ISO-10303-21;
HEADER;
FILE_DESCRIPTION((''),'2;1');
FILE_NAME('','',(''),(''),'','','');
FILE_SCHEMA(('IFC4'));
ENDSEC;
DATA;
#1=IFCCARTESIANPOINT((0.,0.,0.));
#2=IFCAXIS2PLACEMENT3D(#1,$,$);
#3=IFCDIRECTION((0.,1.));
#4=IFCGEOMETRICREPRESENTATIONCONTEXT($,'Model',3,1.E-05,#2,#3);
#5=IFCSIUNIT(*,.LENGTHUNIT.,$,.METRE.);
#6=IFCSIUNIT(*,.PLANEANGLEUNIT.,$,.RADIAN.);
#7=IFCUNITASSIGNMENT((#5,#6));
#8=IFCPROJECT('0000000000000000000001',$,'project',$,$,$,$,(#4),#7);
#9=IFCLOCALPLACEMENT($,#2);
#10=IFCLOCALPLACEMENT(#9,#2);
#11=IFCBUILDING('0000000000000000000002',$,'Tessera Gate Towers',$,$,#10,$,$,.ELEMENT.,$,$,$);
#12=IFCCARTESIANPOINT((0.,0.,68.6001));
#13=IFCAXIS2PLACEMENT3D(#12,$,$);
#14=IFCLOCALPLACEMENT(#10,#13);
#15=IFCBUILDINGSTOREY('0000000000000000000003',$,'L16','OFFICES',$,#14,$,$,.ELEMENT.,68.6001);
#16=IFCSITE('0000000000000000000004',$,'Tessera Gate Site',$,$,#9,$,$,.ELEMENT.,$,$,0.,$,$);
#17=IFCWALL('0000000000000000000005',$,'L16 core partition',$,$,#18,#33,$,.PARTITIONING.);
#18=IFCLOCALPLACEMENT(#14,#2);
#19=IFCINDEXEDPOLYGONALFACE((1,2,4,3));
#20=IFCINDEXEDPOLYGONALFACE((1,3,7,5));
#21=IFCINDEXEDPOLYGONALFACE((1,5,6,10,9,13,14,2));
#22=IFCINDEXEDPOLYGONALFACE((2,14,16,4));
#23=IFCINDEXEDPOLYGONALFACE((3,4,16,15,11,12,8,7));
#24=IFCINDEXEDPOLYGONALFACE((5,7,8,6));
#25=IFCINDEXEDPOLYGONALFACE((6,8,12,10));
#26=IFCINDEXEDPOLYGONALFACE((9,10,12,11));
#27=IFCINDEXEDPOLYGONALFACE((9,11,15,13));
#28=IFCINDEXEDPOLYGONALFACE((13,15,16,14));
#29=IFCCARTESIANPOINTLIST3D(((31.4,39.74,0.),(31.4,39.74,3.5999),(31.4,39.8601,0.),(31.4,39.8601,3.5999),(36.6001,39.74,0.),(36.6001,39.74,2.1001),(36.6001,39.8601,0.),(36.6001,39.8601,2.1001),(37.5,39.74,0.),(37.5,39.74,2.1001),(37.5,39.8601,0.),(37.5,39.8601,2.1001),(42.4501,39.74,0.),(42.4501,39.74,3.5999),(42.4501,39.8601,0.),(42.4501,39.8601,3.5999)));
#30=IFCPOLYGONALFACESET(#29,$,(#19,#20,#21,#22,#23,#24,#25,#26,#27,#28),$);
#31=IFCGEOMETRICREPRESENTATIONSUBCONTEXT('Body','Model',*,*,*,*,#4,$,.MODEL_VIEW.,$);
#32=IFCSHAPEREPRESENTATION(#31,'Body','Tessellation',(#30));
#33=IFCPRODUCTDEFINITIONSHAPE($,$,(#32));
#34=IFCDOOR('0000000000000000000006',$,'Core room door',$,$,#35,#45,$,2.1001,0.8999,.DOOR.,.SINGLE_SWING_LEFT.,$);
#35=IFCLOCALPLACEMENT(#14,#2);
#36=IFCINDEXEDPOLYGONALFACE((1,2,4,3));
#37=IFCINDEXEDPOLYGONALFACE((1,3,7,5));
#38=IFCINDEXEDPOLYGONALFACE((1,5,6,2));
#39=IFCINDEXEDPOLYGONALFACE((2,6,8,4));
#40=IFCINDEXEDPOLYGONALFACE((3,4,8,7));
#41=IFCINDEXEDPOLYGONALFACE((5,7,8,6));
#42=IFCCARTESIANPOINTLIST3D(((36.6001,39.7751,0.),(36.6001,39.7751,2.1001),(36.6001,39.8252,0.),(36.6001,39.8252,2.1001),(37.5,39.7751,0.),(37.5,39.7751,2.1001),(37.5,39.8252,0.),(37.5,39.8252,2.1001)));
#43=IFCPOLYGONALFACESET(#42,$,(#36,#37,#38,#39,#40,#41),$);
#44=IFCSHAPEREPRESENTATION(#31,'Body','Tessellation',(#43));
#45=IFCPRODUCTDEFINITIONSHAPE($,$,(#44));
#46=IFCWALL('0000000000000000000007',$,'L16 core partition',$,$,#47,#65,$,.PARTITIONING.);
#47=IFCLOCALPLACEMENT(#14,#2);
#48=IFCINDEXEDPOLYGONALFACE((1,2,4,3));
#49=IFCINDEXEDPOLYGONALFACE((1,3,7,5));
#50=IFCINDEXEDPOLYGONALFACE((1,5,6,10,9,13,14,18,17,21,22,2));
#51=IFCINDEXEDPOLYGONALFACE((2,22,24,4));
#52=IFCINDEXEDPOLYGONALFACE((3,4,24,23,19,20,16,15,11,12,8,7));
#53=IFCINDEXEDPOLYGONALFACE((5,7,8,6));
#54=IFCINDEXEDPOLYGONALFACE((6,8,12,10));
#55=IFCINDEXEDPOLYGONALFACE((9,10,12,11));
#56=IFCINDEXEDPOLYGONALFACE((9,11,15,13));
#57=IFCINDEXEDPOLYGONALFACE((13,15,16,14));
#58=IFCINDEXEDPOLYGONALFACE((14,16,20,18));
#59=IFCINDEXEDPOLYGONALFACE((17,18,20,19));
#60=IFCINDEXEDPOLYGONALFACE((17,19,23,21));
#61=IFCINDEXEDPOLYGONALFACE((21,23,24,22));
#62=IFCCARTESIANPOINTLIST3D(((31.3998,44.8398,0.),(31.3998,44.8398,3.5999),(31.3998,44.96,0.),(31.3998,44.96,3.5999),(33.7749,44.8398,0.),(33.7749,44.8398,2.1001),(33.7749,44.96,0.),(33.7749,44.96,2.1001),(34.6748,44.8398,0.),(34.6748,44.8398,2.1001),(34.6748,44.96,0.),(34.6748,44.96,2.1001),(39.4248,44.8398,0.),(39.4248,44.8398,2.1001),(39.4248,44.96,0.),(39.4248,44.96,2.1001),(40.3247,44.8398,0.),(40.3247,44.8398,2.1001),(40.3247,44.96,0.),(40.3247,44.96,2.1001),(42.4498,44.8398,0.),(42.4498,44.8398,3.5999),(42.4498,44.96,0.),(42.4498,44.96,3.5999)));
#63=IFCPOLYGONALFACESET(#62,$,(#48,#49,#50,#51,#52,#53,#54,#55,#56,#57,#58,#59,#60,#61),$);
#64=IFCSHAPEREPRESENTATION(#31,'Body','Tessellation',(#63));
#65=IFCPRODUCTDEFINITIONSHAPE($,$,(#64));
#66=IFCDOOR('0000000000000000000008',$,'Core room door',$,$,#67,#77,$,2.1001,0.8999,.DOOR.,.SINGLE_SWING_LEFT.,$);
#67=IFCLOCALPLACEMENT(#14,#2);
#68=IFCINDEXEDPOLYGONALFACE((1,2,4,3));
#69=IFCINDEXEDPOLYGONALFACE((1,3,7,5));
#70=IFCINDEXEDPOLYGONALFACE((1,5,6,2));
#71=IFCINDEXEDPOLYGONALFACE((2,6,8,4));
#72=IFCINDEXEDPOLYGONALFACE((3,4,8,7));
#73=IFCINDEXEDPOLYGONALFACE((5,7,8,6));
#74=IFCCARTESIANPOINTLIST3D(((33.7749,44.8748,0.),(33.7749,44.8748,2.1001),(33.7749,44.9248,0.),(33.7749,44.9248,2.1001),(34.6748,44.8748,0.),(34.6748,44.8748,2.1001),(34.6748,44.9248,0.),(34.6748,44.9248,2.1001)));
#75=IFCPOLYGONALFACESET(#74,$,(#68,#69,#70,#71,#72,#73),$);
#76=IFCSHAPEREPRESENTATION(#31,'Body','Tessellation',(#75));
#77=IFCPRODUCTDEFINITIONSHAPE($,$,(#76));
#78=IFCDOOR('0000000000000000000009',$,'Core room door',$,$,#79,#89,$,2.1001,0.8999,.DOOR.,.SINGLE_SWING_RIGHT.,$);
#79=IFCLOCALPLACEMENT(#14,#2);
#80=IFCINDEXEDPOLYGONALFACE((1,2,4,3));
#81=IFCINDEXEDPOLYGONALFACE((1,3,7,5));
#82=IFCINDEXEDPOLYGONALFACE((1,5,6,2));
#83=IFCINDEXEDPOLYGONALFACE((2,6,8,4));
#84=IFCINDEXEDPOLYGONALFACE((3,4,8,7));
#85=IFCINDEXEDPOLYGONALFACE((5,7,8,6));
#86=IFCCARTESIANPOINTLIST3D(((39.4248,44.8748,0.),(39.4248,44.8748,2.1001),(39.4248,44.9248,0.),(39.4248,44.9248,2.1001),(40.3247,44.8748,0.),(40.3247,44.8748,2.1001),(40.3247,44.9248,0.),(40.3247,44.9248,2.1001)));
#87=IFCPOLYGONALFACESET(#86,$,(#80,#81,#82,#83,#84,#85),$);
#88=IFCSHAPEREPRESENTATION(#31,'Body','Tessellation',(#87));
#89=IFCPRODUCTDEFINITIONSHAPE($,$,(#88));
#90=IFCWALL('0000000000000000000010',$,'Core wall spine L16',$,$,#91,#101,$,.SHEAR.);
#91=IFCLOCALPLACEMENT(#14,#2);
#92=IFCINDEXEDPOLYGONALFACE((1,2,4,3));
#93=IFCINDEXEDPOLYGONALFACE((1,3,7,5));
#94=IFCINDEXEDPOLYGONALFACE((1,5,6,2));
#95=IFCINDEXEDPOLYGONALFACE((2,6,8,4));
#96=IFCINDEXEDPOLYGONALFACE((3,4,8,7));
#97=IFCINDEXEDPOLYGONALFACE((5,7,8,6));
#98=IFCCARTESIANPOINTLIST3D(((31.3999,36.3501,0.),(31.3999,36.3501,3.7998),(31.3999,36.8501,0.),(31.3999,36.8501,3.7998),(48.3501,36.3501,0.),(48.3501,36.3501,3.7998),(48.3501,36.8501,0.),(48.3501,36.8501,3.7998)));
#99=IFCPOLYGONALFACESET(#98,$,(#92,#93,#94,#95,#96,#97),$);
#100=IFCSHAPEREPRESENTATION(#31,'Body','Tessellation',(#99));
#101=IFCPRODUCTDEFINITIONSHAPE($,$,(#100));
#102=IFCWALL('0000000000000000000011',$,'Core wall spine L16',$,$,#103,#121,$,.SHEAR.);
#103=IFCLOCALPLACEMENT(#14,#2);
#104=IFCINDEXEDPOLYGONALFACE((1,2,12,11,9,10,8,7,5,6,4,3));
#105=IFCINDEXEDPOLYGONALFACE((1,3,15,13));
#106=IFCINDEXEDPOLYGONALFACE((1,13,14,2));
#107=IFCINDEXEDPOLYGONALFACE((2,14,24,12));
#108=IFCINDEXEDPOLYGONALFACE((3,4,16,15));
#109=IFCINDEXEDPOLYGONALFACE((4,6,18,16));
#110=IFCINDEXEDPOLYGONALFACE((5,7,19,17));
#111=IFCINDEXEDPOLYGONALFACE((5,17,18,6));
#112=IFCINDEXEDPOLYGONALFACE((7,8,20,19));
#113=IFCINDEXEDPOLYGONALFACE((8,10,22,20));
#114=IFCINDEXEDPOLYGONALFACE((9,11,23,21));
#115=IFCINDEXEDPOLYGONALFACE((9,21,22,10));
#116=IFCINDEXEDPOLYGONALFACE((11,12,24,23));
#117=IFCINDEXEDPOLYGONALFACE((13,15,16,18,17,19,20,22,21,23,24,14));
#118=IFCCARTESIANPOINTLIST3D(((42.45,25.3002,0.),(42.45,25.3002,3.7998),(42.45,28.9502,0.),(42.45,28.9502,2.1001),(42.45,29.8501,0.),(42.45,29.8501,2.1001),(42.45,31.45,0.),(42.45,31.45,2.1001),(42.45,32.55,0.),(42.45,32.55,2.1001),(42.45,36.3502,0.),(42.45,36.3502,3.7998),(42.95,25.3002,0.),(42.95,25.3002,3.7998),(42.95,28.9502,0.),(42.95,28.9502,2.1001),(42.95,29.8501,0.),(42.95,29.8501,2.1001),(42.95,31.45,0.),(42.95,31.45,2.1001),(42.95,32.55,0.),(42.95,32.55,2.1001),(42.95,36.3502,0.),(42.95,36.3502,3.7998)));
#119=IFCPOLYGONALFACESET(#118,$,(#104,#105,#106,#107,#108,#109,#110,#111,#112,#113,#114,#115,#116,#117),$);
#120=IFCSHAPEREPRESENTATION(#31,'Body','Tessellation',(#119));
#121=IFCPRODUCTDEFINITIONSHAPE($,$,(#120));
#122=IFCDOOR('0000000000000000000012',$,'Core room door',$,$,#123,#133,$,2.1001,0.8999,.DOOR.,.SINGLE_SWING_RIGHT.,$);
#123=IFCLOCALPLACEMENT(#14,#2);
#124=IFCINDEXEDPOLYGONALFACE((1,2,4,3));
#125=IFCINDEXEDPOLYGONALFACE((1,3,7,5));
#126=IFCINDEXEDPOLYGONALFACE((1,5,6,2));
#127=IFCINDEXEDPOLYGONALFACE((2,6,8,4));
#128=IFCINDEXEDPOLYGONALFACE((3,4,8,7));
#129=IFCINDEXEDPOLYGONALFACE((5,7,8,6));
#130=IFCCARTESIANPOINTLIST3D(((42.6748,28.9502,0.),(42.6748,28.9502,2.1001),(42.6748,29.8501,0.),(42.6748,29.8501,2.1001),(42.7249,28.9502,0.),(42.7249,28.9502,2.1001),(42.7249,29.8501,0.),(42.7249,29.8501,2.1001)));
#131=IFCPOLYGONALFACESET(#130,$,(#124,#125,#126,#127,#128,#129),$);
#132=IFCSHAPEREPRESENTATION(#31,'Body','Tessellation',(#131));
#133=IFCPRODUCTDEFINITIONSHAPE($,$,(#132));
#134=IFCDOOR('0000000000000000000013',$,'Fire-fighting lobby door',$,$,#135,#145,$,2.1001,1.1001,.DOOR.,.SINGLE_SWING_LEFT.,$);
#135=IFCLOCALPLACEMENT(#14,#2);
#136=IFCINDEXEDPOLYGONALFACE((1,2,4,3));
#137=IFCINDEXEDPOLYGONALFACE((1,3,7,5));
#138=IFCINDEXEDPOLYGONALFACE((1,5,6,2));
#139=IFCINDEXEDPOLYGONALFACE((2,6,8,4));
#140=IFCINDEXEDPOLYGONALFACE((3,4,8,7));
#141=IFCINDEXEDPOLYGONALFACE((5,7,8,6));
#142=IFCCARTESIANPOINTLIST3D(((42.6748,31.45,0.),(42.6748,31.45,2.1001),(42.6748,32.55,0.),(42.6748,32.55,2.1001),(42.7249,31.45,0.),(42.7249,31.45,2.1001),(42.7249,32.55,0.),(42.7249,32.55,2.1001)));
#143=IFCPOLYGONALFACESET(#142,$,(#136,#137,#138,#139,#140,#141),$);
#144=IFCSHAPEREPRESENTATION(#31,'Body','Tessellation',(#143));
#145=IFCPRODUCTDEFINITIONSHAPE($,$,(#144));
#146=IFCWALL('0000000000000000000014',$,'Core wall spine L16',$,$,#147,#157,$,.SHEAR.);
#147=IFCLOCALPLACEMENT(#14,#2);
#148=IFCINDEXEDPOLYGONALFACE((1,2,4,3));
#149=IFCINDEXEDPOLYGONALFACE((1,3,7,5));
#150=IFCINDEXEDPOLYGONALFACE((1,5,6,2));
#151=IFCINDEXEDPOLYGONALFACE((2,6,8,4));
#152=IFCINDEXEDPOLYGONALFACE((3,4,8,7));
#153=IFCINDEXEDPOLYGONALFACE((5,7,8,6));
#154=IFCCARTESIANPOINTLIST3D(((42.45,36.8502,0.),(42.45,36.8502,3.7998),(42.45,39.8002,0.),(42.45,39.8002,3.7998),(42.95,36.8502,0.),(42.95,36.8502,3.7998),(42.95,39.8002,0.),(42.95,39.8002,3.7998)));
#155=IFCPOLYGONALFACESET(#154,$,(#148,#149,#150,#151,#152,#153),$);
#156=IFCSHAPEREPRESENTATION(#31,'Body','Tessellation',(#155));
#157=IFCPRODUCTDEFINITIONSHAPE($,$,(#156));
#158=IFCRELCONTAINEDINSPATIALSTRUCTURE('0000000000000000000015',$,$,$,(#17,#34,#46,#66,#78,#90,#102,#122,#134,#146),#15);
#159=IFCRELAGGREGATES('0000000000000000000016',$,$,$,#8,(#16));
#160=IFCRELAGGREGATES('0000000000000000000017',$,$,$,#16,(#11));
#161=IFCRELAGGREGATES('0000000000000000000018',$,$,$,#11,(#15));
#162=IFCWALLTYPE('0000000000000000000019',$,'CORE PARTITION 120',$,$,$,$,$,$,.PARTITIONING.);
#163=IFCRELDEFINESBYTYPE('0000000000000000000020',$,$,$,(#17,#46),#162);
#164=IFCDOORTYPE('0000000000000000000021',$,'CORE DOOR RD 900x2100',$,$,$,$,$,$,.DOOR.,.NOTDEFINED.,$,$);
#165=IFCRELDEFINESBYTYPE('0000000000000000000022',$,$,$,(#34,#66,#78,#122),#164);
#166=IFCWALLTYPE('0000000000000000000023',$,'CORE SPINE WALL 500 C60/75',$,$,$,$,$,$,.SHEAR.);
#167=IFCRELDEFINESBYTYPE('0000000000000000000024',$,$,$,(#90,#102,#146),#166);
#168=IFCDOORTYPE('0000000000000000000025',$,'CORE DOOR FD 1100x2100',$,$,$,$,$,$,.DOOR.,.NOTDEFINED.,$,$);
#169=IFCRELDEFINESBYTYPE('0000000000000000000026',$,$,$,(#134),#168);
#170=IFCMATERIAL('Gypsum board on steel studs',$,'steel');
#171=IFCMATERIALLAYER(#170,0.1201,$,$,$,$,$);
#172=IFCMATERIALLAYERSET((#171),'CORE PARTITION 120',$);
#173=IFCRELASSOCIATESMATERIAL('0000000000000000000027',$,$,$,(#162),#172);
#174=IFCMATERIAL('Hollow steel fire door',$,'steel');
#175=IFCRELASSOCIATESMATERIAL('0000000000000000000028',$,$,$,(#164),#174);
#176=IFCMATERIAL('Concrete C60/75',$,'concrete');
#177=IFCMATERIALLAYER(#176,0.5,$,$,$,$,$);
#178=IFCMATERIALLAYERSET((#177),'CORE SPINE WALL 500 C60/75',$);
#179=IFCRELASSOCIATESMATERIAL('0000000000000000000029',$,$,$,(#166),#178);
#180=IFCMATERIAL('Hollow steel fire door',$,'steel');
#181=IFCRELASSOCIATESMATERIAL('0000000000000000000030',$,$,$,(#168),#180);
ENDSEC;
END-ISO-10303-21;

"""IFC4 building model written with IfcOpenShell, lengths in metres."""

from ifc_helpers import new_model, si_unit, direction, frame, frame_2d, origin, place, context, subcontext, project, spatial, rectangle, extrude, source, transform, mapped, material, layer, layer_set, type_object, element, fill, save


model = new_model("IFC4")

# Units and contexts
model_context = context("Model", 3, precision=1e-05, world=origin(), true_north=direction((0.0, 1.0)))
body_context = subcontext(model_context, "Body", "Model", "MODEL_VIEW")
ifc_project = project(units=[si_unit("LENGTHUNIT", "METRE"), si_unit("PLANEANGLEUNIT", "RADIAN")], contexts=[model_context])

# Site, building, storey
site_placement = place(None, origin())
site = spatial("IfcSite", under=ifc_project, at=site_placement, Name="Tessera Gate Site", CompositionType="ELEMENT", RefElevation=0.0)
building_placement = place(site_placement, origin())
building = spatial("IfcBuilding", under=site, at=building_placement, Name="Tessera Gate Towers", CompositionType="ELEMENT")
storey_placement = place(building_placement, frame((0.0, 0.0, 68.6001)))
storey = spatial("IfcBuildingStorey", under=building, at=storey_placement, Name="L16", Description="OFFICES", CompositionType="ELEMENT", Elevation=68.6001)

# Shared definitions
shared_shape_1 = source(origin(), body_context, "Body", "SweptSolid", [
    extrude(rectangle(XDim=1.1001, YDim=2.1001, at=frame_2d((0.55, 1.05))), frame((0.0, 0.0249, 0.0), z_axis=(0.0, -1.0, 0.0), x_axis=(1.0, 0.0, 0.0)), (0.0, 0.0, 1.0), 0.05),
])

# Wall, opening, door
ifc_material_1 = material(Name="Gypsum board on steel studs", Category="steel")
ifc_layer_1 = layer(ifc_material_1, 0.1201)
ifc_layer_set_1 = layer_set([ifc_layer_1], Name="CORE PARTITION 120")
wall_type_1 = type_object("IfcWallType", Name="CORE PARTITION 120", PredefinedType="PARTITIONING", material=ifc_layer_set_1)
wall_1_placement = place(storey_placement, frame((42.45, 39.8, 0.0), z_axis=(0.0, 0.0, 1.0), x_axis=(-1.0, 0.0, 0.0)))
wall_1 = element("IfcWall", 1, at=wall_1_placement, inside=storey, type_object=wall_type_1, Name="L16 core partition", PredefinedType="PARTITIONING", context=body_context, shape_type="SweptSolid", body=[
    extrude(rectangle(XDim=11.05, YDim=0.1201, at=frame_2d((5.5249, 0.0))), origin(), (0.0, 0.0, 1.0), 3.5999),
])
shared_shape_2 = source(origin(), body_context, "Body", "SweptSolid", [
    extrude(rectangle(XDim=0.8999, YDim=2.1001, at=frame_2d((0.45, 1.05))), frame((0.0, 0.0701, 0.0), z_axis=(0.0, -1.0, 0.0), x_axis=(1.0, 0.0, 0.0)), (0.0, 0.0, 1.0), 0.1401),
])
opening_1_placement = place(wall_1_placement, frame((4.95, 0.0, 0.0)))
opening_1 = element("IfcOpeningElement", 2, at=opening_1_placement, cuts=wall_1, PredefinedType="OPENING", context=body_context, shape_type="MappedRepresentation", body=[
    mapped(shared_shape_2, transform((0.0, 0.0, 0.0), scale=1.0)),
])
ifc_material_2 = material(Name="Hollow steel fire door", Category="steel")
door_type_1 = type_object("IfcDoorType", Name="CORE DOOR RD 900x2100", OperationType="NOTDEFINED", PredefinedType="DOOR", material=ifc_material_2)
shared_shape_3 = source(origin(), body_context, "Body", "SweptSolid", [
    extrude(rectangle(XDim=0.8999, YDim=2.1001, at=frame_2d((0.45, 1.05))), frame((0.0, 0.0249, 0.0), z_axis=(0.0, -1.0, 0.0), x_axis=(1.0, 0.0, 0.0)), (0.0, 0.0, 1.0), 0.05),
])
door_1_placement = place(opening_1_placement, origin())
door_1 = element("IfcDoor", 3, at=door_1_placement, inside=storey, type_object=door_type_1, Name="Core room door", OperationType="SINGLE_SWING_LEFT", OverallHeight=2.1001, OverallWidth=0.8999, PredefinedType="DOOR", context=body_context, shape_type="MappedRepresentation", body=[
    mapped(shared_shape_3, transform((0.0, 0.0, 0.0), scale=1.0)),
])
fill(opening_1, door_1)

# Wall, openings, doors
wall_2_placement = place(storey_placement, frame((31.3999, 44.8999, 0.0), z_axis=(0.0, 0.0, 1.0), x_axis=(1.0, 0.0, 0.0)))
wall_2 = element("IfcWall", 4, at=wall_2_placement, inside=storey, type_object=wall_type_1, Name="L16 core partition", PredefinedType="PARTITIONING", context=body_context, shape_type="SweptSolid", body=[
    extrude(rectangle(XDim=11.05, YDim=0.1201, at=frame_2d((5.5249, 0.0))), origin(), (0.0, 0.0, 1.0), 3.5999),
])
opening_2_placement = place(wall_2_placement, frame((2.375, 0.0, 0.0)))
opening_2 = element("IfcOpeningElement", 5, at=opening_2_placement, cuts=wall_2, PredefinedType="OPENING", context=body_context, shape_type="MappedRepresentation", body=[
    mapped(shared_shape_2, transform((0.0, 0.0, 0.0), scale=1.0)),
])
opening_3_placement = place(wall_2_placement, frame((8.0249, 0.0, 0.0)))
opening_3 = element("IfcOpeningElement", 6, at=opening_3_placement, cuts=wall_2, PredefinedType="OPENING", context=body_context, shape_type="MappedRepresentation", body=[
    mapped(shared_shape_2, transform((0.0, 0.0, 0.0), scale=1.0)),
])
door_2_placement = place(opening_2_placement, origin())
door_2 = element("IfcDoor", 7, at=door_2_placement, inside=storey, type_object=door_type_1, Name="Core room door", OperationType="SINGLE_SWING_LEFT", OverallHeight=2.1001, OverallWidth=0.8999, PredefinedType="DOOR", context=body_context, shape_type="MappedRepresentation", body=[
    mapped(shared_shape_3, transform((0.0, 0.0, 0.0), scale=1.0)),
])
fill(opening_2, door_2)
door_3_placement = place(opening_3_placement, origin())
door_3 = element("IfcDoor", 8, at=door_3_placement, inside=storey, type_object=door_type_1, Name="Core room door", OperationType="SINGLE_SWING_RIGHT", OverallHeight=2.1001, OverallWidth=0.8999, PredefinedType="DOOR", context=body_context, shape_type="MappedRepresentation", body=[
    mapped(shared_shape_3, transform((0.0, 0.0, 0.0), scale=1.0)),
])
fill(opening_3, door_3)

# Wall
ifc_material_3 = material(Name="Concrete C60/75", Category="concrete")
ifc_layer_2 = layer(ifc_material_3, 0.5)
ifc_layer_set_2 = layer_set([ifc_layer_2], Name="CORE SPINE WALL 500 C60/75")
wall_type_2 = type_object("IfcWallType", Name="CORE SPINE WALL 500 C60/75", PredefinedType="SHEAR", material=ifc_layer_set_2)
wall_3_placement = place(storey_placement, frame((31.3999, 36.6001, 0.0), z_axis=(0.0, 0.0, 1.0), x_axis=(1.0, 0.0, 0.0)))
element("IfcWall", 9, at=wall_3_placement, inside=storey, type_object=wall_type_2, Name="Core wall spine L16", PredefinedType="SHEAR", context=body_context, shape_type="SweptSolid", body=[
    extrude(rectangle(XDim=16.9502, YDim=0.5, at=frame_2d((8.4751, 0.0))), origin(), (0.0, 0.0, 1.0), 3.7998),
])

# Wall, openings, doors
wall_4_placement = place(storey_placement, frame((42.7, 36.3501, 0.0), z_axis=(0.0, 0.0, 1.0), x_axis=(0.0, -1.0, 0.0)))
wall_4 = element("IfcWall", 10, at=wall_4_placement, inside=storey, type_object=wall_type_2, Name="Core wall spine L16", PredefinedType="SHEAR", context=body_context, shape_type="SweptSolid", body=[
    extrude(rectangle(XDim=11.05, YDim=0.5, at=frame_2d((5.5249, 0.0))), origin(), (0.0, 0.0, 1.0), 3.7998),
])
shared_shape_4 = source(origin(), body_context, "Body", "SweptSolid", [
    extrude(rectangle(XDim=0.8999, YDim=2.1001, at=frame_2d((0.45, 1.05))), frame((0.0, 0.26, 0.0), z_axis=(0.0, -1.0, 0.0), x_axis=(1.0, 0.0, 0.0)), (0.0, 0.0, 1.0), 0.52),
])
opening_4_placement = place(wall_4_placement, frame((6.5, 0.0, 0.0)))
opening_4 = element("IfcOpeningElement", 11, at=opening_4_placement, cuts=wall_4, PredefinedType="OPENING", context=body_context, shape_type="MappedRepresentation", body=[
    mapped(shared_shape_4, transform((0.0, 0.0, 0.0), scale=1.0)),
])
shared_shape_5 = source(origin(), body_context, "Body", "SweptSolid", [
    extrude(rectangle(XDim=1.1001, YDim=2.1001, at=frame_2d((0.55, 1.05))), frame((0.0, 0.26, 0.0), z_axis=(0.0, -1.0, 0.0), x_axis=(1.0, 0.0, 0.0)), (0.0, 0.0, 1.0), 0.52),
])
opening_5_placement = place(wall_4_placement, frame((3.8, 0.0, 0.0)))
opening_5 = element("IfcOpeningElement", 12, at=opening_5_placement, cuts=wall_4, PredefinedType="OPENING", context=body_context, shape_type="MappedRepresentation", body=[
    mapped(shared_shape_5, transform((0.0, 0.0, 0.0), scale=1.0)),
])
door_4_placement = place(opening_4_placement, origin())
door_4 = element("IfcDoor", 13, at=door_4_placement, inside=storey, type_object=door_type_1, Name="Core room door", OperationType="SINGLE_SWING_RIGHT", OverallHeight=2.1001, OverallWidth=0.8999, PredefinedType="DOOR", context=body_context, shape_type="MappedRepresentation", body=[
    mapped(shared_shape_3, transform((0.0, 0.0, 0.0), scale=1.0)),
])
fill(opening_4, door_4)
ifc_material_4 = material(Name="Hollow steel fire door", Category="steel")
door_type_2 = type_object("IfcDoorType", Name="CORE DOOR FD 1100x2100", OperationType="NOTDEFINED", PredefinedType="DOOR", material=ifc_material_4)
door_5_placement = place(opening_5_placement, origin())
door_5 = element("IfcDoor", 14, at=door_5_placement, inside=storey, type_object=door_type_2, Name="Fire-fighting lobby door", OperationType="SINGLE_SWING_LEFT", OverallHeight=2.1001, OverallWidth=1.1001, PredefinedType="DOOR", context=body_context, shape_type="MappedRepresentation", body=[
    mapped(shared_shape_1, transform((0.0, 0.0, 0.0), scale=1.0)),
])
fill(opening_5, door_5)

# Wall
wall_5_placement = place(storey_placement, frame((42.7, 36.8501, 0.0), z_axis=(0.0, 0.0, 1.0), x_axis=(0.0, 1.0, 0.0)))
element("IfcWall", 15, at=wall_5_placement, inside=storey, type_object=wall_type_2, Name="Core wall spine L16", PredefinedType="SHEAR", context=body_context, shape_type="SweptSolid", body=[
    extrude(rectangle(XDim=2.95, YDim=0.5, at=frame_2d((1.4751, 0.0))), origin(), (0.0, 0.0, 1.0), 3.7998),
])

save(model, "model.ifc")
